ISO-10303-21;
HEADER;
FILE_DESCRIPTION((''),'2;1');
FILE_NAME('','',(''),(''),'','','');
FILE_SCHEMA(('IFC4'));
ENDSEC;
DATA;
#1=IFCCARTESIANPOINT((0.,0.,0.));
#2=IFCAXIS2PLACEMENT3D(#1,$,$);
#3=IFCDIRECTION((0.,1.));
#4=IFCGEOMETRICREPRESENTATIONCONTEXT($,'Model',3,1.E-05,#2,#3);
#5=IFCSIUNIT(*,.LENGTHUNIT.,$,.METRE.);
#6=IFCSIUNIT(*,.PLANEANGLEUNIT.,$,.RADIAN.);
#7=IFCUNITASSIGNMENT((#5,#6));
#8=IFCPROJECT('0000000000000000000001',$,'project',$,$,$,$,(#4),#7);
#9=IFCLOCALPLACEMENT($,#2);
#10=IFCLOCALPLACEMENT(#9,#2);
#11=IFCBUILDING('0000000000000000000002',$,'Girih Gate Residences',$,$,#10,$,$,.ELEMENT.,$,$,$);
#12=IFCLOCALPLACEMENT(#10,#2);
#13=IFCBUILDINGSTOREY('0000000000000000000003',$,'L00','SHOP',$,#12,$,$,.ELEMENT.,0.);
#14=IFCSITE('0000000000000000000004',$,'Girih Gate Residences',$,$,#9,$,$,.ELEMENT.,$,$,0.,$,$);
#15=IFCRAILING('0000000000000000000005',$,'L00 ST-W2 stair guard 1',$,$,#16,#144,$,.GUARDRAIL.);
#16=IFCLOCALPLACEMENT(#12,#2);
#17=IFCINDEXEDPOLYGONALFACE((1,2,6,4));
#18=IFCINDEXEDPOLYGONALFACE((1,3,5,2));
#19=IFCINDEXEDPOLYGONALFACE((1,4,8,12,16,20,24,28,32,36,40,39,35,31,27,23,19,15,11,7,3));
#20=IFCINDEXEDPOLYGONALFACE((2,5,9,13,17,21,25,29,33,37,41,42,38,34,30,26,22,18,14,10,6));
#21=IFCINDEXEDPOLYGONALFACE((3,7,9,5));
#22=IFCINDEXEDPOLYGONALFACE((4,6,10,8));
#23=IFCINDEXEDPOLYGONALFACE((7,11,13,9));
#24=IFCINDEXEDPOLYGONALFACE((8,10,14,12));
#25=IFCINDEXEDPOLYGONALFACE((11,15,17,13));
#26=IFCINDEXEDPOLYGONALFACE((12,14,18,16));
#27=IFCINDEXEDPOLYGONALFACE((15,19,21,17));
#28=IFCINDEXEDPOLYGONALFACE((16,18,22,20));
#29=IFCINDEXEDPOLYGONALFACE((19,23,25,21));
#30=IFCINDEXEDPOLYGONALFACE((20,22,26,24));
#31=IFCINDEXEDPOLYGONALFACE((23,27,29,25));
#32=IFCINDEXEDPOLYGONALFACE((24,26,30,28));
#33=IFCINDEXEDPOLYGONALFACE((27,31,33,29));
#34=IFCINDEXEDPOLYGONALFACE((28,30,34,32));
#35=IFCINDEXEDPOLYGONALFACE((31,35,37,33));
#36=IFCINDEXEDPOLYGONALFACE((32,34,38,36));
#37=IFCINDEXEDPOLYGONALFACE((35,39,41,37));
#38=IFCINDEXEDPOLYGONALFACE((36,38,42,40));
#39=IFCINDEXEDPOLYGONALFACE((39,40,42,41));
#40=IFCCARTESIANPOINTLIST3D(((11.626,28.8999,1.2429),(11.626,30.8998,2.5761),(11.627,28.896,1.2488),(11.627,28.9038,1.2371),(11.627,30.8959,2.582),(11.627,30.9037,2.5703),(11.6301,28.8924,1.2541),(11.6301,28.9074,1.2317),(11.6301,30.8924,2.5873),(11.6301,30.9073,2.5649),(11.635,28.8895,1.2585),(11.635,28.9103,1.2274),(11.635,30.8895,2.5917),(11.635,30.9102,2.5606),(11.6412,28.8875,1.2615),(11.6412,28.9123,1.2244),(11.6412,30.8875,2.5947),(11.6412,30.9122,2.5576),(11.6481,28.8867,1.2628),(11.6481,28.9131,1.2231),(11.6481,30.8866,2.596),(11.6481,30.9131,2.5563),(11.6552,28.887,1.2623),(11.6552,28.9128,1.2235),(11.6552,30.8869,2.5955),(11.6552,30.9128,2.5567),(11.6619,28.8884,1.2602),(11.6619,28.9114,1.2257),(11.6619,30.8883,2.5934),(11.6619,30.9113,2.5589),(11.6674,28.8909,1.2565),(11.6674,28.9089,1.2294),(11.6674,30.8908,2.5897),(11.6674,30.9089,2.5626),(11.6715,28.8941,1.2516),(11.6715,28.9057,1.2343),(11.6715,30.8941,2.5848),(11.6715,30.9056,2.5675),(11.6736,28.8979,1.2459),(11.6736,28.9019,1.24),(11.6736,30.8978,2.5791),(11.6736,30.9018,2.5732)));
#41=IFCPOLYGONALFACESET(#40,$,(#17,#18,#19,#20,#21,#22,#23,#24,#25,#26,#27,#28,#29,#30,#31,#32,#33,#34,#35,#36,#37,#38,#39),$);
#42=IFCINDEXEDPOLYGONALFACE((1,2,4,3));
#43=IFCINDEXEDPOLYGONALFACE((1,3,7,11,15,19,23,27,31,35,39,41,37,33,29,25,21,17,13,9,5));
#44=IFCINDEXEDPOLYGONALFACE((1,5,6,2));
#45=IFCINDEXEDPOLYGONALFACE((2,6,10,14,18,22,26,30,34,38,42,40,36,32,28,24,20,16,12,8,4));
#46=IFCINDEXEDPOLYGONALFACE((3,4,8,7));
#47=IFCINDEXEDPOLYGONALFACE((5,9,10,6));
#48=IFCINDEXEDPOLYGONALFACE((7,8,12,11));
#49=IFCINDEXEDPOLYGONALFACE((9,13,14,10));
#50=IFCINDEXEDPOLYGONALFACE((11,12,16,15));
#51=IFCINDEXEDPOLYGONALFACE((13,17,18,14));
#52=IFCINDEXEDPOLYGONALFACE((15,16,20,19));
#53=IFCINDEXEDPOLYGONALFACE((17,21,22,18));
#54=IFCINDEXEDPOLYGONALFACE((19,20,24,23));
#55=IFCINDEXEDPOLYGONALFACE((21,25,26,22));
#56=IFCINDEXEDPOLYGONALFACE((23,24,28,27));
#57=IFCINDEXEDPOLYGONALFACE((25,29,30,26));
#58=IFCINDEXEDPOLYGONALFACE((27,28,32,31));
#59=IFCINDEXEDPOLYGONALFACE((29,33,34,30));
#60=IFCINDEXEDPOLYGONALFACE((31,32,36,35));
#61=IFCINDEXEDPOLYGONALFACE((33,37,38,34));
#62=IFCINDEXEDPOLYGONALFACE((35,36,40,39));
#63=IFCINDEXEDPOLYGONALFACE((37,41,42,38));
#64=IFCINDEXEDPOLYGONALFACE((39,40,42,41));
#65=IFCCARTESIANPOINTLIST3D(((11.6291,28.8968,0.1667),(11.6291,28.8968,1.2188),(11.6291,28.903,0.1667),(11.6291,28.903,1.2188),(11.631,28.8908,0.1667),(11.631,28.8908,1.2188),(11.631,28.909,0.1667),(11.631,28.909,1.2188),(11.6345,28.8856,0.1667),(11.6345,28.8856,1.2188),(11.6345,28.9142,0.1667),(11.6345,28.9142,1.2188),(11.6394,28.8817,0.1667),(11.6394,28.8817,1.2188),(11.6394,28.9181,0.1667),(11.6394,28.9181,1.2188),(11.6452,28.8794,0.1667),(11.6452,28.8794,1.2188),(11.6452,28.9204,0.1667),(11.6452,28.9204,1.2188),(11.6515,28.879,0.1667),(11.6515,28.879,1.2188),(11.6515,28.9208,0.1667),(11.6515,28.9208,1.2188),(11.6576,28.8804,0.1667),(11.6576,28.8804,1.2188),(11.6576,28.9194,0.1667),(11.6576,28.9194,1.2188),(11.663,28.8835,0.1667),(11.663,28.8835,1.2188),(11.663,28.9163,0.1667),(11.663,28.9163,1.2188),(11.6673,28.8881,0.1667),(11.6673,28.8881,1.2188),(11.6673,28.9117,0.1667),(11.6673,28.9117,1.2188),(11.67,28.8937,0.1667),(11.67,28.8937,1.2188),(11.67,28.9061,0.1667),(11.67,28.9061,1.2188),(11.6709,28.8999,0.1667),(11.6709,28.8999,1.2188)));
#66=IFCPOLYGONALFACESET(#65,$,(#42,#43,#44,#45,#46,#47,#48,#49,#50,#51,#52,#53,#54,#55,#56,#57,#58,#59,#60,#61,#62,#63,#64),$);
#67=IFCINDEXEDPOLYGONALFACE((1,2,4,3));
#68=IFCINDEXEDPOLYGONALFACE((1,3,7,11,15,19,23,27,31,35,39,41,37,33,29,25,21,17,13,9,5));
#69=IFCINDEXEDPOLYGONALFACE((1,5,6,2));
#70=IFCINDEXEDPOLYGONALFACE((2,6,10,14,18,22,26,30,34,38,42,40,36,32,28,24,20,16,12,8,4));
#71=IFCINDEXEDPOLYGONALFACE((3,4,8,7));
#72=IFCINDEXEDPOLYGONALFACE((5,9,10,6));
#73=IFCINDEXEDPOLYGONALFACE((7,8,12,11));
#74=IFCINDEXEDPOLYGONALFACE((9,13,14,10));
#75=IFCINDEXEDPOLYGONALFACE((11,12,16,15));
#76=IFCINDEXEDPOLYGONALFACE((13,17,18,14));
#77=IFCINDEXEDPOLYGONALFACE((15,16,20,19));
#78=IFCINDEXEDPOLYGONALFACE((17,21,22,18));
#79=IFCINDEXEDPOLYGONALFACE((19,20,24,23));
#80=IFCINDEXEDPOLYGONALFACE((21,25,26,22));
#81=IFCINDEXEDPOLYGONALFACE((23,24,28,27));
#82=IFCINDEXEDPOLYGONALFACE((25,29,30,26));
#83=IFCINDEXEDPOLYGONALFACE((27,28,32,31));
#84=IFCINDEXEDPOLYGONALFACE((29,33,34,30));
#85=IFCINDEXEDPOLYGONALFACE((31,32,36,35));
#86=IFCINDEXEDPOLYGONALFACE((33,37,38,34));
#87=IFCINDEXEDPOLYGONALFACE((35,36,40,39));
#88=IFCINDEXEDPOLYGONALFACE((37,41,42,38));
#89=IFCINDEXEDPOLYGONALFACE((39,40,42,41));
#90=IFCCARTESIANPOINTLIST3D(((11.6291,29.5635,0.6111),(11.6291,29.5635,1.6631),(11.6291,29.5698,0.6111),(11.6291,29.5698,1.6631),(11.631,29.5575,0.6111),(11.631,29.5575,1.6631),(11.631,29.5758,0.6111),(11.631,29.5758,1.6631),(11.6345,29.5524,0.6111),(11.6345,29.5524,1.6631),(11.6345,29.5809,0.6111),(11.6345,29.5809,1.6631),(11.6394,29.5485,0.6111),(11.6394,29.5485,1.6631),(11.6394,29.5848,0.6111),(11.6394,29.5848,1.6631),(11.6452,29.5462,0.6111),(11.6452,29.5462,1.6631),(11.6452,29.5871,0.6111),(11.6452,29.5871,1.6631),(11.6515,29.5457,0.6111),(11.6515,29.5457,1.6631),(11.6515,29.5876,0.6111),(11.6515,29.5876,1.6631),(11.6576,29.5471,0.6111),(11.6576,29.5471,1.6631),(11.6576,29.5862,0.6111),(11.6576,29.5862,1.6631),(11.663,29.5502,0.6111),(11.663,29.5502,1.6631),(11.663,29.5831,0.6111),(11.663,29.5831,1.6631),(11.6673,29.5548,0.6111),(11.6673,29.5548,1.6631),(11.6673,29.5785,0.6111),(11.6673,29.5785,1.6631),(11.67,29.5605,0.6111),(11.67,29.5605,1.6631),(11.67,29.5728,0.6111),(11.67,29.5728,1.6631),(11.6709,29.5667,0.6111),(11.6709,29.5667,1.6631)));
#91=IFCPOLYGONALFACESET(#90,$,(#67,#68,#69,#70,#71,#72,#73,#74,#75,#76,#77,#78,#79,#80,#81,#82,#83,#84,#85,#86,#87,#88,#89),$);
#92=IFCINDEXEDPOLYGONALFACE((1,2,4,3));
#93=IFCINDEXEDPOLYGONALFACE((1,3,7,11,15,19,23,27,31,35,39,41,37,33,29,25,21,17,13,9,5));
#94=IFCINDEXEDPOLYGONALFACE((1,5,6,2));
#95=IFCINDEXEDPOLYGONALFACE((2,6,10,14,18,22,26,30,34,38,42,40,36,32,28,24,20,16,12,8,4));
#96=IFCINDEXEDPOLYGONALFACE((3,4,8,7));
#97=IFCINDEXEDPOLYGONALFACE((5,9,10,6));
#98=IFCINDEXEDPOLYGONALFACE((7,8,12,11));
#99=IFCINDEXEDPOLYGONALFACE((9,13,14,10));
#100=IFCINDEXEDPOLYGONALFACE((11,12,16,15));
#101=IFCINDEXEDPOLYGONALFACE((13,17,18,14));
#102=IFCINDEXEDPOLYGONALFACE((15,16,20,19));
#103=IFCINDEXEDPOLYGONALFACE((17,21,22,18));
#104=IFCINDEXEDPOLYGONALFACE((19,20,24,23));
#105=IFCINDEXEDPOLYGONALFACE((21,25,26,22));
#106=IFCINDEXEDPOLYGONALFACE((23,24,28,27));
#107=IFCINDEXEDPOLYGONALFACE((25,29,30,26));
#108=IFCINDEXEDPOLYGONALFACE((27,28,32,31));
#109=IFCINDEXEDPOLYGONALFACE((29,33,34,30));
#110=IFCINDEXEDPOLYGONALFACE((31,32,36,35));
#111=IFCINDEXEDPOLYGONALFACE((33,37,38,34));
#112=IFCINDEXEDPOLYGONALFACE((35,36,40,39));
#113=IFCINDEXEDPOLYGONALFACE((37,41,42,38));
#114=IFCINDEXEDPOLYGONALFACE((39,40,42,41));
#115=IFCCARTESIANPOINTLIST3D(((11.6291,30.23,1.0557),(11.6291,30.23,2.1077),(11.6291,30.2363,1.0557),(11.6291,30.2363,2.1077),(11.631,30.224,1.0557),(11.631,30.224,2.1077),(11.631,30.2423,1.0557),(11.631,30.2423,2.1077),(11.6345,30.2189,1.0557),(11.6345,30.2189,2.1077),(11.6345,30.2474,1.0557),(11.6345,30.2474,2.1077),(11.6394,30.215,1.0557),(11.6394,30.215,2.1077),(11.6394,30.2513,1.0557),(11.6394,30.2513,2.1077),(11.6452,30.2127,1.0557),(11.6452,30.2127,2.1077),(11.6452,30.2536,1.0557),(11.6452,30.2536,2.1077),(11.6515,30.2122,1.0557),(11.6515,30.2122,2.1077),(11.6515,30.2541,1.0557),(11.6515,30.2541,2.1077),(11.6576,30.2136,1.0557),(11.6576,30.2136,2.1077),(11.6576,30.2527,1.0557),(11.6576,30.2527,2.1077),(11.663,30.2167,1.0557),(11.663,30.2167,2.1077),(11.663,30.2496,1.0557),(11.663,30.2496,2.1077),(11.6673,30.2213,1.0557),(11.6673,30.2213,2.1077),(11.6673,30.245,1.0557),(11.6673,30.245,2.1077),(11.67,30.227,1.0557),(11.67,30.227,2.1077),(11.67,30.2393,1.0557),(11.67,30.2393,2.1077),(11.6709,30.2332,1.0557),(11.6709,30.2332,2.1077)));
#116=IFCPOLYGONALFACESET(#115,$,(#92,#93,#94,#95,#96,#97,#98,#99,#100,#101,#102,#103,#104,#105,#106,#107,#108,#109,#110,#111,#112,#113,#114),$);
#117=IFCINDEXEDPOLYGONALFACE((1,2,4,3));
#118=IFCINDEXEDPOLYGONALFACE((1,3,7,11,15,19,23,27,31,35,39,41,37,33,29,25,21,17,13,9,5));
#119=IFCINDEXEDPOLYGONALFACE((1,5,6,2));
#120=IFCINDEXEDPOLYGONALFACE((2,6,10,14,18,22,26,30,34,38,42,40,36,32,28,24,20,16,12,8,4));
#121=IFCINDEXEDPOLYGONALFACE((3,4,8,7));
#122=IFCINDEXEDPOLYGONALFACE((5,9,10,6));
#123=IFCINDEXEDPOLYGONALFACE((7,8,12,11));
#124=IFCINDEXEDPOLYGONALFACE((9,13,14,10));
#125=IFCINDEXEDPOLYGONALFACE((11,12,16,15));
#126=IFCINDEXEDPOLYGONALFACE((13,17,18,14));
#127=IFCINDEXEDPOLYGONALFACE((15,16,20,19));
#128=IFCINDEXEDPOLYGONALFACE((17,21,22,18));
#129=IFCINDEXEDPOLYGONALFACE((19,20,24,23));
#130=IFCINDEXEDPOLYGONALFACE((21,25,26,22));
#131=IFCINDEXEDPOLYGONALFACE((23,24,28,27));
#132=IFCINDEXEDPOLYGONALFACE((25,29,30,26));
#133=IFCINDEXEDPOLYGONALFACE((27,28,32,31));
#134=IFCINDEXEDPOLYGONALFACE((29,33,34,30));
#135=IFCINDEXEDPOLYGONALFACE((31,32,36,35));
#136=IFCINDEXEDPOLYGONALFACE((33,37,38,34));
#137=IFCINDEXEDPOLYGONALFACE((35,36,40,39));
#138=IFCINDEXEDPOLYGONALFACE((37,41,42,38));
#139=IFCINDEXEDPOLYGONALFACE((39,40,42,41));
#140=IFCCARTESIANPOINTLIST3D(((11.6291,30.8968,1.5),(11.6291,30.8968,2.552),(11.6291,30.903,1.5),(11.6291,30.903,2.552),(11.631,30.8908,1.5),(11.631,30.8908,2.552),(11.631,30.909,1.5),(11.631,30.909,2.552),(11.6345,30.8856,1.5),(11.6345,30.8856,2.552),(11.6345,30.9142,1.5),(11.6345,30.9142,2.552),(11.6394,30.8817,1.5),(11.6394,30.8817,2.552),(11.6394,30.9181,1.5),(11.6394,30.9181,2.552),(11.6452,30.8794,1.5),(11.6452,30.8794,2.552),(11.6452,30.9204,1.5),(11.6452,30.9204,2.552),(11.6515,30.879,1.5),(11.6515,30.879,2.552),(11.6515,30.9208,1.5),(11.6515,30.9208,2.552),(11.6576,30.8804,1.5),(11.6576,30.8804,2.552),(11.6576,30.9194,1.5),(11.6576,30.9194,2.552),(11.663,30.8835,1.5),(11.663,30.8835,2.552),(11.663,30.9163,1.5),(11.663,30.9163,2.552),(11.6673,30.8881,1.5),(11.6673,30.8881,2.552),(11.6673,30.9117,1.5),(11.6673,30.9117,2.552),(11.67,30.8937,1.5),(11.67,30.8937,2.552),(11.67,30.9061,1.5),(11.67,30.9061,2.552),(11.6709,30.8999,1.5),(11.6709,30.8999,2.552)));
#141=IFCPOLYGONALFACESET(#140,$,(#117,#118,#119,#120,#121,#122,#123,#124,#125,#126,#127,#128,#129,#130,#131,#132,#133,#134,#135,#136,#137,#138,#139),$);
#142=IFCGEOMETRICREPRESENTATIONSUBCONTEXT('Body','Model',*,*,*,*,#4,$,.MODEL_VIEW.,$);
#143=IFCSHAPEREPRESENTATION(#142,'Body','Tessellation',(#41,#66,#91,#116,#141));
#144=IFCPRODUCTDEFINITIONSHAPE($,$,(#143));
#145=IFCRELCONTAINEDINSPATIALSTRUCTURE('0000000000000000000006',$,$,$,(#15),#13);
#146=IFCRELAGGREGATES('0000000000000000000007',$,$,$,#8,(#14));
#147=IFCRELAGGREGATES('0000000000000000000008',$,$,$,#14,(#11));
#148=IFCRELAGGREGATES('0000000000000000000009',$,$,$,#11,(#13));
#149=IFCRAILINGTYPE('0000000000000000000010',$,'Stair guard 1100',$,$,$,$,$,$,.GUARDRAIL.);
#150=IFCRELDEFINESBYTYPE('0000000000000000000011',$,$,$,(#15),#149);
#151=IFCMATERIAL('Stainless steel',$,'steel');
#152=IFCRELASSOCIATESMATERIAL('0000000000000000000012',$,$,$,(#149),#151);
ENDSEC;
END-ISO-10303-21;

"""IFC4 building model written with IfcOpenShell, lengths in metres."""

from ifc_helpers import new_model, si_unit, direction, frame, origin, origin_2d, place, context, subcontext, project, spatial, circle, extrude, material, type_object, element, save


model = new_model("IFC4")

# Units and contexts
model_context = context("Model", 3, precision=1e-05, world=origin(), true_north=direction((0.0, 1.0)))
body_context = subcontext(model_context, "Body", "Model", "MODEL_VIEW")
ifc_project = project(units=[si_unit("LENGTHUNIT", "METRE"), si_unit("PLANEANGLEUNIT", "RADIAN")], contexts=[model_context])

# Site, building, storey
site_placement = place(None, origin())
site = spatial("IfcSite", under=ifc_project, at=site_placement, Name="Girih Gate Residences", CompositionType="ELEMENT", RefElevation=0.0)
building_placement = place(site_placement, origin())
building = spatial("IfcBuilding", under=site, at=building_placement, Name="Girih Gate Residences", CompositionType="ELEMENT")
storey_placement = place(building_placement, origin())
storey = spatial("IfcBuildingStorey", under=building, at=storey_placement, Name="L00", Description="SHOP", CompositionType="ELEMENT", Elevation=0.0)

# Railing
ifc_material_1 = material(Name="Stainless steel", Category="steel")
railing_type_1 = type_object("IfcRailingType", Name="Stair guard 1100", PredefinedType="GUARDRAIL", material=ifc_material_1)
railing_1_placement = place(storey_placement, frame((11.6499, 28.8999, 0.1667)))
element("IfcRailing", 1, at=railing_1_placement, inside=storey, type_object=railing_type_1, Name="L00 ST-W2 stair guard 1", PredefinedType="GUARDRAIL", context=body_context, shape_type="SweptSolid", body=[
    extrude(circle(Radius=0.0239, at=origin_2d()), frame((0.0, 0.0, 1.0762), z_axis=(0.0, 0.832066, 0.554677), x_axis=(-1.0, 0.0, 0.0)), (0.0, 0.0, 1.0), 2.4036),
    extrude(circle(Radius=0.021, at=origin_2d()), origin(), (0.0, 0.0, 1.0), 1.052),
    extrude(circle(Radius=0.021, at=origin_2d()), frame((0.0, 0.6667, 0.4443)), (0.0, 0.0, 1.0), 1.052),
    extrude(circle(Radius=0.021, at=origin_2d()), frame((0.0, 1.3333, 0.8889)), (0.0, 0.0, 1.0), 1.052),
    extrude(circle(Radius=0.021, at=origin_2d()), frame((0.0, 2.0, 1.3333)), (0.0, 0.0, 1.0), 1.052),
])

save(model, "model.ifc")
